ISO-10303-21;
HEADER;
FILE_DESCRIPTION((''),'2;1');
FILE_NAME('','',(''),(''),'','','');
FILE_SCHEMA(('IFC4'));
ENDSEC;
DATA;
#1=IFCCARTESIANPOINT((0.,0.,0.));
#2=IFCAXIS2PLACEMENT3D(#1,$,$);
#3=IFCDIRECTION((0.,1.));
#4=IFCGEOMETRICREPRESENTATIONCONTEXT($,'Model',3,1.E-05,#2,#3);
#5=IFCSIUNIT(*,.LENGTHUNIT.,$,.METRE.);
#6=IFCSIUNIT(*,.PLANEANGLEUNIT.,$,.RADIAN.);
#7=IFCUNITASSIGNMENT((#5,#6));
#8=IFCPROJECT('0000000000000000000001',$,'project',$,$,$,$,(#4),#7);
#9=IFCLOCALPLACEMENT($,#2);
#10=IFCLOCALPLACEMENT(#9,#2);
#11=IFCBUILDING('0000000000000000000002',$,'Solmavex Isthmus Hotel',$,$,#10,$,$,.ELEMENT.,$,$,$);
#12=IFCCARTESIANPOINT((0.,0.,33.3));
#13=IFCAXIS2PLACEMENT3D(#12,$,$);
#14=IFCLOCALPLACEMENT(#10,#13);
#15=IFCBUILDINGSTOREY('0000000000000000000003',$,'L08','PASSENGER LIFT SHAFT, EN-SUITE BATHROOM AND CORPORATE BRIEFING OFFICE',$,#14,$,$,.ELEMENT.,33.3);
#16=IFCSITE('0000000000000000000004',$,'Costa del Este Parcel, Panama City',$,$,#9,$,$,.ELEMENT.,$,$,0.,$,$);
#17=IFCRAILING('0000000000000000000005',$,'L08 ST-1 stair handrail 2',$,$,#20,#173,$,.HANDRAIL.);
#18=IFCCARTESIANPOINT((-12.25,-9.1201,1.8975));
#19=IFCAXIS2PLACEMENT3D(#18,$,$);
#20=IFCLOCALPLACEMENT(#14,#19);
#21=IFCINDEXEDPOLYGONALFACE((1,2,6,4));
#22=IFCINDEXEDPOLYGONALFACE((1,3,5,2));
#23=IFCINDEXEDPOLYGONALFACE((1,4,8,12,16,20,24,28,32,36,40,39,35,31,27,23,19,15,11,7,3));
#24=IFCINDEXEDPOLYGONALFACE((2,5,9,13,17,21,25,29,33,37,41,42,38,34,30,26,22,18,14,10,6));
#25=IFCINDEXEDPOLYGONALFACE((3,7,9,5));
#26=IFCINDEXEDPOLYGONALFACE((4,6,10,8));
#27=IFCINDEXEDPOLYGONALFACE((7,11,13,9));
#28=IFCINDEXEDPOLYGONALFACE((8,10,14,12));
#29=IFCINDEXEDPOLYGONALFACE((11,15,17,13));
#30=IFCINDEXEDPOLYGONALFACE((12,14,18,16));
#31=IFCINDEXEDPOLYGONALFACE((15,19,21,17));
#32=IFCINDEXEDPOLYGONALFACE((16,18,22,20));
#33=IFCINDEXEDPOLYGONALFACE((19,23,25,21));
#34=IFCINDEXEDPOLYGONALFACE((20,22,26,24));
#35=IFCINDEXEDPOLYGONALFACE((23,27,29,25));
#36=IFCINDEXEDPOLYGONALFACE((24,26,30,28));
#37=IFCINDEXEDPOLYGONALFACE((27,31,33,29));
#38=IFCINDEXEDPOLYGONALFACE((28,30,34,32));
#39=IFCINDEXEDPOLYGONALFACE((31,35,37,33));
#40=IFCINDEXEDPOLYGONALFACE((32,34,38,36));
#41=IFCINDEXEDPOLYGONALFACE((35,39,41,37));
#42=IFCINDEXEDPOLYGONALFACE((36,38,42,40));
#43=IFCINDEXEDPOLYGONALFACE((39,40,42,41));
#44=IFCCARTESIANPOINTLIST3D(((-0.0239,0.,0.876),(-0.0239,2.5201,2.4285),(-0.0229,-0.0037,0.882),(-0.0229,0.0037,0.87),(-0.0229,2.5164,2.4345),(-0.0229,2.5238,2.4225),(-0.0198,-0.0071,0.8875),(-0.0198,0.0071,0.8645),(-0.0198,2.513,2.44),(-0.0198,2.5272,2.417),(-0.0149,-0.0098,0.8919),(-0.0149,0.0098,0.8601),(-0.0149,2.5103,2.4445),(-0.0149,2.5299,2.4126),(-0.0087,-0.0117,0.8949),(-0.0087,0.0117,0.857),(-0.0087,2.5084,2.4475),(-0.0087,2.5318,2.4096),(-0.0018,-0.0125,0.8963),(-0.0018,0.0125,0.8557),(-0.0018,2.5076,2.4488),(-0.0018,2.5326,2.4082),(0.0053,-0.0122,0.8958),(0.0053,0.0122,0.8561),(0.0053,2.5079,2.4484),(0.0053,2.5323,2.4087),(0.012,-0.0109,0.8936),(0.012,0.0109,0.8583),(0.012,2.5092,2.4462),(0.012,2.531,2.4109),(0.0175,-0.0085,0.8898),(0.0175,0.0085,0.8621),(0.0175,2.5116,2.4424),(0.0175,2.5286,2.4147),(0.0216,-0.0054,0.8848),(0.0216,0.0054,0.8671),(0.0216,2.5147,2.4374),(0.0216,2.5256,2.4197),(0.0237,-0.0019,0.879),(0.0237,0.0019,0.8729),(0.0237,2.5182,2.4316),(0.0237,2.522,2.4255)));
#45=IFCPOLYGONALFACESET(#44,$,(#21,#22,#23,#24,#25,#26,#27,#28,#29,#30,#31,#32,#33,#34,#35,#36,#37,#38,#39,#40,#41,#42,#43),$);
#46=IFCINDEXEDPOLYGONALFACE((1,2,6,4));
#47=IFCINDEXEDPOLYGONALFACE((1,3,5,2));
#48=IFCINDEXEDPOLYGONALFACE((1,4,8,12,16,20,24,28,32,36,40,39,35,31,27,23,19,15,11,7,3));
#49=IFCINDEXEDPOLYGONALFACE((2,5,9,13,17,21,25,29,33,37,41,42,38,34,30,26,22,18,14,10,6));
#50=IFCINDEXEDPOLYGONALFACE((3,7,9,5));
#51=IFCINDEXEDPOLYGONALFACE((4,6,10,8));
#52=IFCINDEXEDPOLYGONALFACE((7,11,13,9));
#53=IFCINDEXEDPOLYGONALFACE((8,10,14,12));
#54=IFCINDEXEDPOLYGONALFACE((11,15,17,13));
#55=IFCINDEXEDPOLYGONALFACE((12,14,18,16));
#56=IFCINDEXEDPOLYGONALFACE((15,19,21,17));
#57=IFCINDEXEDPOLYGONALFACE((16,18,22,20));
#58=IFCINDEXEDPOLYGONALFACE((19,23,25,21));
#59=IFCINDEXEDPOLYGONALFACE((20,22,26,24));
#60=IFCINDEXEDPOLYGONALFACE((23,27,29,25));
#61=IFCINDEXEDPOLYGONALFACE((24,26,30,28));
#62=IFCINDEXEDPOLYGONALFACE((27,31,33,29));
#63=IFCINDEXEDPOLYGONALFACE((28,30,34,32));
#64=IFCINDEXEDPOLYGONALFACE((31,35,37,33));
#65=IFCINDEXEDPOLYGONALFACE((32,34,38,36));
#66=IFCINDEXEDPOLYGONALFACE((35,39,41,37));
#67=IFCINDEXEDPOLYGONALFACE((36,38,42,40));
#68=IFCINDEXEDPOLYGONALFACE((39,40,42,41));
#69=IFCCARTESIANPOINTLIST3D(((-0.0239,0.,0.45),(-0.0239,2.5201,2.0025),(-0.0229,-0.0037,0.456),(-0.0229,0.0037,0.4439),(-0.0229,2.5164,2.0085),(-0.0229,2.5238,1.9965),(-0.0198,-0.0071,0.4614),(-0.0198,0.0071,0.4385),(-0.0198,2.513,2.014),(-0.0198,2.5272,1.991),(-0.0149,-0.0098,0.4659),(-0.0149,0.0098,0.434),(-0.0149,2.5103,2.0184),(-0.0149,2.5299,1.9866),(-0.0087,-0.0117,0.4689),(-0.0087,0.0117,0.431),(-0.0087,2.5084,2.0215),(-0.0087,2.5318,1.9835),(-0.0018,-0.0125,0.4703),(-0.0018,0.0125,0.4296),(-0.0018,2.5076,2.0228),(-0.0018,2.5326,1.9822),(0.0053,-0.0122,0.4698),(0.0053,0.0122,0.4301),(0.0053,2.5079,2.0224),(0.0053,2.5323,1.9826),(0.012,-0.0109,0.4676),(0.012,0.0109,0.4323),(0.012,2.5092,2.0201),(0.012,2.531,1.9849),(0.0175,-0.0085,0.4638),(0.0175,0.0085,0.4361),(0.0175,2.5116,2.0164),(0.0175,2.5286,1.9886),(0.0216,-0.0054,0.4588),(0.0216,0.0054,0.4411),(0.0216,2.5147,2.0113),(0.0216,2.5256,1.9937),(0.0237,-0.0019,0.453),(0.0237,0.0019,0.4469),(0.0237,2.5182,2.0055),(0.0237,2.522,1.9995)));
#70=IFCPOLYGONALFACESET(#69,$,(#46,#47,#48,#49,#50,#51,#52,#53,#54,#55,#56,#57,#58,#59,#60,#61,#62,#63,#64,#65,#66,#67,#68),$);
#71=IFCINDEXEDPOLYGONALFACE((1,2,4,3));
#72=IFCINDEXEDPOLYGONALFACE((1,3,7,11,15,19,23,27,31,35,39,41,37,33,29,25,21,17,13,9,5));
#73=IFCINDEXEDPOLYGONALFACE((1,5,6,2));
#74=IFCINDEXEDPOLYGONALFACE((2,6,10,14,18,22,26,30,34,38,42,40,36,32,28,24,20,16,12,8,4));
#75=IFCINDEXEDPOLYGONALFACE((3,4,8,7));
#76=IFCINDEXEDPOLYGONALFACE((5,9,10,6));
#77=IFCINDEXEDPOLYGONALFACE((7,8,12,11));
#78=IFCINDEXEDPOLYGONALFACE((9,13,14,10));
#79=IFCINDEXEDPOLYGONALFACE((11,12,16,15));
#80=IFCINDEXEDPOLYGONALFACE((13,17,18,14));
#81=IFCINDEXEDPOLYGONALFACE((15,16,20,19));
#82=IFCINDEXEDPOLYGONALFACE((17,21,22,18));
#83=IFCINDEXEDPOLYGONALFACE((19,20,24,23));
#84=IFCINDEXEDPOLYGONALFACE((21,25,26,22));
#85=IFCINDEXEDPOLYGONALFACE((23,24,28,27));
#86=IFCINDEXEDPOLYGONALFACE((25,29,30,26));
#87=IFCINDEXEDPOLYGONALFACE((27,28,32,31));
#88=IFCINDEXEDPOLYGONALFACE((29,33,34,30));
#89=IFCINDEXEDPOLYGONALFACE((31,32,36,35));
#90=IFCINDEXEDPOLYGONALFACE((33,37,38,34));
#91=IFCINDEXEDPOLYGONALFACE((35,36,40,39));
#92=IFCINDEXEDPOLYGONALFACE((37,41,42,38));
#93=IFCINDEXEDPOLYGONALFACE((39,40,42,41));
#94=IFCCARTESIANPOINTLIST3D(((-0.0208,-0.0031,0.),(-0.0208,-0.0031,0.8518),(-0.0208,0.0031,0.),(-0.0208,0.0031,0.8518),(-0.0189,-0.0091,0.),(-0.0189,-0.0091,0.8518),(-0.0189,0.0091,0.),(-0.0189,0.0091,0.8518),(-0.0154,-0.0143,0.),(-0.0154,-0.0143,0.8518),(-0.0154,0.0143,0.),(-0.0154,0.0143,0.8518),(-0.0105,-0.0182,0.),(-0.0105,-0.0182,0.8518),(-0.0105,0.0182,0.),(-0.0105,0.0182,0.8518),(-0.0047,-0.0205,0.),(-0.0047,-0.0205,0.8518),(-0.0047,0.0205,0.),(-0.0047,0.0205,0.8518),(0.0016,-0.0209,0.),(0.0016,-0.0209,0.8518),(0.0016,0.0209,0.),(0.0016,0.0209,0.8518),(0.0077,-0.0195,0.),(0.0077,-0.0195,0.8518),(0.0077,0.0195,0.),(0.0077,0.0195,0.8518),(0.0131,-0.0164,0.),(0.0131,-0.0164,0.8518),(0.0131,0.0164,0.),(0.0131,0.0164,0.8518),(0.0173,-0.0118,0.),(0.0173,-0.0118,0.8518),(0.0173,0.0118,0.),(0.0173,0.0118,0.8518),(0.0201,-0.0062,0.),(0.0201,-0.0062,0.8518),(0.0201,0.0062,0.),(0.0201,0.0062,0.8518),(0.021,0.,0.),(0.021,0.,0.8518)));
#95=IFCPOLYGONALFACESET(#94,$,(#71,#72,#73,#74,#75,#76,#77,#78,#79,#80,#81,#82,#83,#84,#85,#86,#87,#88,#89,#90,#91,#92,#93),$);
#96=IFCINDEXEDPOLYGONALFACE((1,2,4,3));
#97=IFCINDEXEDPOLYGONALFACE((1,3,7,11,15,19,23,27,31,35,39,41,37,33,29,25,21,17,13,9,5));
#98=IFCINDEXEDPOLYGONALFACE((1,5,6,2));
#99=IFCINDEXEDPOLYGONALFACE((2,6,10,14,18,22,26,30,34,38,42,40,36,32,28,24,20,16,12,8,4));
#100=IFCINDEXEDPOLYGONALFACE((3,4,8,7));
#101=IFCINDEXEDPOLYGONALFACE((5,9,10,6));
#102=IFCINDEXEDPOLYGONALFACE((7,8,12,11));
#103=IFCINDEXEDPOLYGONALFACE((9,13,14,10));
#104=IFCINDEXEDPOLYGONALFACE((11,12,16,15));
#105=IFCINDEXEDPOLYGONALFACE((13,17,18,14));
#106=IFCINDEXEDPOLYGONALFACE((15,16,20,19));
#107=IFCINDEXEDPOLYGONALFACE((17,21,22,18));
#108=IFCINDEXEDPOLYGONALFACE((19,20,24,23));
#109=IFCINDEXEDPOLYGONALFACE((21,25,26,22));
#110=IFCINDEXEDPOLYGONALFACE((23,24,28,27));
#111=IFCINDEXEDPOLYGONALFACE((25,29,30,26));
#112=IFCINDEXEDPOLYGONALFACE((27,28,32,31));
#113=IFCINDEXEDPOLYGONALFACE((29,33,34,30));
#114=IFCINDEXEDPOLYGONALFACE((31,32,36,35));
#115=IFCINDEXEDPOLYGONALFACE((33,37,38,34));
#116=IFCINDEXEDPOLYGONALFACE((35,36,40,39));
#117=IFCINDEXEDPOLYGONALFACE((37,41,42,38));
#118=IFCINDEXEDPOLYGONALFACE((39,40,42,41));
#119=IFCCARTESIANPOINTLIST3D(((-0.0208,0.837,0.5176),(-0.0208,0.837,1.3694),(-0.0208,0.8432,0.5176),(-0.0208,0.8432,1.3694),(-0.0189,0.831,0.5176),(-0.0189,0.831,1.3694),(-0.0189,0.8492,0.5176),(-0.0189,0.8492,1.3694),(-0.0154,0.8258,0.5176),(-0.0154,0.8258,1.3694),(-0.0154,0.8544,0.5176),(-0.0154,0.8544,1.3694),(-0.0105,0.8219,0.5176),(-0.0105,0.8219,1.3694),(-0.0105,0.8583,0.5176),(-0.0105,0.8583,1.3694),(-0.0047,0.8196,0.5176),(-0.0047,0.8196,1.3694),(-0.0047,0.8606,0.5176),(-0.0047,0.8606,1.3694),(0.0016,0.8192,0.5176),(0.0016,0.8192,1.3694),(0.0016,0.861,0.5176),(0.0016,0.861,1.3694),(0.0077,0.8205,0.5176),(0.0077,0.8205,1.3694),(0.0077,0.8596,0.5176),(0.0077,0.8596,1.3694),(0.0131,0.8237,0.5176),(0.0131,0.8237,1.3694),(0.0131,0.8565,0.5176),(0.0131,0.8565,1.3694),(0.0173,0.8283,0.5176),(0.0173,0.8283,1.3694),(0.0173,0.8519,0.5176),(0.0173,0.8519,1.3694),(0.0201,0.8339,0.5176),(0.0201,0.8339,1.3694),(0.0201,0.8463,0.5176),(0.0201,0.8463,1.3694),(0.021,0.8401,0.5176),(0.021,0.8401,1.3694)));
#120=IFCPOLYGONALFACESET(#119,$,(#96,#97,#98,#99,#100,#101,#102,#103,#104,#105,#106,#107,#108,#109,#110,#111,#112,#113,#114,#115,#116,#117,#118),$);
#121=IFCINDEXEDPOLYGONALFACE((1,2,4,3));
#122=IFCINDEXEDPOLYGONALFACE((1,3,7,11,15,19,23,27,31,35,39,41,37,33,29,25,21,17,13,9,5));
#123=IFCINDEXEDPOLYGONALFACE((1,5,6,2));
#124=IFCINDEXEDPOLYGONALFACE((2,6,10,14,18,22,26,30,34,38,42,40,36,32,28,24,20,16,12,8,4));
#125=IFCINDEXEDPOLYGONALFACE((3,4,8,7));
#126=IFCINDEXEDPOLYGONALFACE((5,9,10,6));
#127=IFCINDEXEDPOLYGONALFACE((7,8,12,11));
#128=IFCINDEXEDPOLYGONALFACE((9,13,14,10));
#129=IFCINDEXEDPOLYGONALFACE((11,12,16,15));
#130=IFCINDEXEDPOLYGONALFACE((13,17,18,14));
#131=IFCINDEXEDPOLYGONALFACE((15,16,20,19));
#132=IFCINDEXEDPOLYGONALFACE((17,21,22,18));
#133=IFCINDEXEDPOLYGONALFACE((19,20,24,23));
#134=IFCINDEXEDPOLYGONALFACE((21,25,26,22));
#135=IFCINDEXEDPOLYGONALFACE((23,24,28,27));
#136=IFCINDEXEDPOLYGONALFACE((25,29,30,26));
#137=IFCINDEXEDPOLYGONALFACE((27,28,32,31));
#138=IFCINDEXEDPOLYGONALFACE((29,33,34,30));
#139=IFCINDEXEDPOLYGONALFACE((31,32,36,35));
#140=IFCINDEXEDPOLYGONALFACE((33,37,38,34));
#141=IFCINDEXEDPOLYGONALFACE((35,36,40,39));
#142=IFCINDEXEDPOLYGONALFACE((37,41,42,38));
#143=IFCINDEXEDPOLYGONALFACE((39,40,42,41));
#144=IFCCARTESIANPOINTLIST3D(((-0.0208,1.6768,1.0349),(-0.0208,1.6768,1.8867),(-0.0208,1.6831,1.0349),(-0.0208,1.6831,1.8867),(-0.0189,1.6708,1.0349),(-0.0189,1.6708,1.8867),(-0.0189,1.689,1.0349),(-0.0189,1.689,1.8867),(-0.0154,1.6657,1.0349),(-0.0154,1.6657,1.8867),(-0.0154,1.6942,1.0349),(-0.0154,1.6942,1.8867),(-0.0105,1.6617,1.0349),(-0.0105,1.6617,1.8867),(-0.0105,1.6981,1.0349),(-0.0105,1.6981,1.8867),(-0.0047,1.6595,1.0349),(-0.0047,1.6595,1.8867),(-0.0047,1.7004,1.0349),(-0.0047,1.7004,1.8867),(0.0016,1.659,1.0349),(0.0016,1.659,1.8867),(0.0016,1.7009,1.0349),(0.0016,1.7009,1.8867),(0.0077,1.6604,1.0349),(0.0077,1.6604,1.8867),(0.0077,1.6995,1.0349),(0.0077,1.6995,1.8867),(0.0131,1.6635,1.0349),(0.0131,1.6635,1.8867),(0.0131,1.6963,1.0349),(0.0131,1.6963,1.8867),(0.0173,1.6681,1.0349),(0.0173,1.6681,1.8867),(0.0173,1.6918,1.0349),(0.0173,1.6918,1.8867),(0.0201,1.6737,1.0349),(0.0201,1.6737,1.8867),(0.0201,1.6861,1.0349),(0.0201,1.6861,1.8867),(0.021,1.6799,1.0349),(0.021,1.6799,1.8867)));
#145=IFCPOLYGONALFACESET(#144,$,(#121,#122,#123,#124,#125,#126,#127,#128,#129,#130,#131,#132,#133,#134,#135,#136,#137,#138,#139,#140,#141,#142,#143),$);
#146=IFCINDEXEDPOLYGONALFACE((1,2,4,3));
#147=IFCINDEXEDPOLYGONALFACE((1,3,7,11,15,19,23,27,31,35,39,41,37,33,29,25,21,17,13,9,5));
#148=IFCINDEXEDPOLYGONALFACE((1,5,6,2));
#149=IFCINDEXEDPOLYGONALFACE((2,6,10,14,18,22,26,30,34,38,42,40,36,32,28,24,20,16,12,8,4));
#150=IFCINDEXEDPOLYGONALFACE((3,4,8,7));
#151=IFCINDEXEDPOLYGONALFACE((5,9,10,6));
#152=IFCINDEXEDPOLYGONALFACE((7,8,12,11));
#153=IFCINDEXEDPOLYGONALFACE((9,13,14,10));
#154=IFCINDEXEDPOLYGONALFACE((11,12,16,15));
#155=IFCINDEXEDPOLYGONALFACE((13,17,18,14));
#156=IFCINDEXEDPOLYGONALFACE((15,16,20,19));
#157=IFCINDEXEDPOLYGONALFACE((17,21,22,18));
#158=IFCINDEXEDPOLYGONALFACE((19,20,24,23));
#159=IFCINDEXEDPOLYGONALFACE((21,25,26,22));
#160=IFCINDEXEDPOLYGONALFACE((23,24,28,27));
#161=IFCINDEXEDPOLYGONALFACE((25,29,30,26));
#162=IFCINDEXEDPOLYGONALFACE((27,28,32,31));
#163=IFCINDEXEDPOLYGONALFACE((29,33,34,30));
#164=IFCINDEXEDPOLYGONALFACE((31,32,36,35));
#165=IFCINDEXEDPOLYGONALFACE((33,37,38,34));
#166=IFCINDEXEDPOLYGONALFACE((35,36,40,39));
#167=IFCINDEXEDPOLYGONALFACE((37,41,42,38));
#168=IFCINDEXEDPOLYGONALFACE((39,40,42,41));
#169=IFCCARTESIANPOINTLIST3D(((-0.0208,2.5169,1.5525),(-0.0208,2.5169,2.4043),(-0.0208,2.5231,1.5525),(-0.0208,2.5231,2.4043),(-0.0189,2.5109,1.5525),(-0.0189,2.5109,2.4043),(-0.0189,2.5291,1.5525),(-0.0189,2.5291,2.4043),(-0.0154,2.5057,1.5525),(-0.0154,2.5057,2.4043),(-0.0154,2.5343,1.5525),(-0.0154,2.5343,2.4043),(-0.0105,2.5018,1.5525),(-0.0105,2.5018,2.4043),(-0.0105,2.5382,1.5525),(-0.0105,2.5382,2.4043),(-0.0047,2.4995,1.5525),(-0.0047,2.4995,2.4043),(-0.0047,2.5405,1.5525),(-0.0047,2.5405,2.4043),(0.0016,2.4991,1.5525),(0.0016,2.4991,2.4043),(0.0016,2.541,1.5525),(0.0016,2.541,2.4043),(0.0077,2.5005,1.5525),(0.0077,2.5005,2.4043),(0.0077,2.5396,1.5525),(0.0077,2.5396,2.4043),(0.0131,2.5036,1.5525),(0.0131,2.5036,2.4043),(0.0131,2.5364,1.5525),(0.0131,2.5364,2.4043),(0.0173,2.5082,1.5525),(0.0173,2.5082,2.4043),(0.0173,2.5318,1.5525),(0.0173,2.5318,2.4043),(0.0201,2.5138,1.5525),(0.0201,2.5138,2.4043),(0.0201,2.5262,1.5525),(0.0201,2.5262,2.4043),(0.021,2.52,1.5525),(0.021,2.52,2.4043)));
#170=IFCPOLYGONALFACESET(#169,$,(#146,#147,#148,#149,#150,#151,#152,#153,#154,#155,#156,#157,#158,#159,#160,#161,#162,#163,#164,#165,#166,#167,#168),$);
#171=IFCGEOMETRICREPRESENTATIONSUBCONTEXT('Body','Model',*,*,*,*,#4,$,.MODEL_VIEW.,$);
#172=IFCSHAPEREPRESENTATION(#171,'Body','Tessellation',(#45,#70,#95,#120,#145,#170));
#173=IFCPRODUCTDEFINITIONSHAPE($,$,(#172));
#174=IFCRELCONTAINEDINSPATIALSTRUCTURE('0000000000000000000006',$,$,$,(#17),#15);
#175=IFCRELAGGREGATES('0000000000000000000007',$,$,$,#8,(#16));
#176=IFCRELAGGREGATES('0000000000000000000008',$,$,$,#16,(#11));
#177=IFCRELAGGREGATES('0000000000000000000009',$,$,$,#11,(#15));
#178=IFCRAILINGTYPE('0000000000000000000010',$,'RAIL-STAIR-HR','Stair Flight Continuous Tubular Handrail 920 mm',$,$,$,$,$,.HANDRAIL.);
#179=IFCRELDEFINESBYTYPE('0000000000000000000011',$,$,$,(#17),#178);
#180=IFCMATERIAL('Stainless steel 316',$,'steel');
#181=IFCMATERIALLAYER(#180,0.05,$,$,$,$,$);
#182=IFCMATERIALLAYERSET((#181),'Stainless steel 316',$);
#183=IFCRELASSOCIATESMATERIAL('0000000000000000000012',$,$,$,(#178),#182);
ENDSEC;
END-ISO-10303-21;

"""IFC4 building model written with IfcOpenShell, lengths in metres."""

from ifc_helpers import new_model, si_unit, direction, frame, origin, origin_2d, place, context, subcontext, project, spatial, circle, extrude, material, layer, layer_set, type_object, element, save


model = new_model("IFC4")

# Units and contexts
model_context = context("Model", 3, precision=1e-05, world=origin(), true_north=direction((0.0, 1.0)))
body_context = subcontext(model_context, "Body", "Model", "MODEL_VIEW")
ifc_project = project(units=[si_unit("LENGTHUNIT", "METRE"), si_unit("PLANEANGLEUNIT", "RADIAN")], contexts=[model_context])

# Site, building, storey
site_placement = place(None, origin())
site = spatial("IfcSite", under=ifc_project, at=site_placement, Name="Costa del Este Parcel, Panama City", CompositionType="ELEMENT", RefElevation=0.0)
building_placement = place(site_placement, origin())
building = spatial("IfcBuilding", under=site, at=building_placement, Name="Solmavex Isthmus Hotel", CompositionType="ELEMENT")
storey_placement = place(building_placement, frame((0.0, 0.0, 33.3)))
storey = spatial("IfcBuildingStorey", under=building, at=storey_placement, Name="L08", Description="PASSENGER LIFT SHAFT, EN-SUITE BATHROOM AND CORPORATE BRIEFING OFFICE", CompositionType="ELEMENT", Elevation=33.3)

# Shared definitions
ifc_material_1 = material(Name="Stainless steel 316", Category="steel")

# Railing
ifc_layer_1 = layer(ifc_material_1, 0.05)
ifc_layer_set_1 = layer_set([ifc_layer_1], Name="Stainless steel 316")
railing_type_1 = type_object("IfcRailingType", Name="RAIL-STAIR-HR", Description="Stair Flight Continuous Tubular Handrail 920 mm", PredefinedType="HANDRAIL", material=ifc_layer_set_1)
railing_1_placement = place(storey_placement, frame((-12.25, -9.1201, 1.8975)))
element("IfcRailing", 1, at=railing_1_placement, inside=storey, type_object=railing_type_1, Name="L08 ST-1 stair handrail 2", PredefinedType="HANDRAIL", context=body_context, shape_type="SweptSolid", body=[
    extrude(circle(Radius=0.0239, at=origin_2d()), frame((0.0, 0.0, 0.876), z_axis=(0.0, 0.8514, 0.524516), x_axis=(-1.0, 0.0, 0.0)), (0.0, 0.0, 1.0), 2.96),
    extrude(circle(Radius=0.0239, at=origin_2d()), frame((0.0, 0.0, 0.45), z_axis=(0.0, 0.8514, 0.524516), x_axis=(-1.0, 0.0, 0.0)), (0.0, 0.0, 1.0), 2.96),
    extrude(circle(Radius=0.021, at=origin_2d()), origin(), (0.0, 0.0, 1.0), 0.8518),
    extrude(circle(Radius=0.021, at=origin_2d()), frame((0.0, 0.8401, 0.5176)), (0.0, 0.0, 1.0), 0.8518),
    extrude(circle(Radius=0.021, at=origin_2d()), frame((0.0, 1.6799, 1.0349)), (0.0, 0.0, 1.0), 0.8518),
    extrude(circle(Radius=0.021, at=origin_2d()), frame((0.0, 2.52, 1.5525)), (0.0, 0.0, 1.0), 0.8518),
])

save(model, "model.ifc")
